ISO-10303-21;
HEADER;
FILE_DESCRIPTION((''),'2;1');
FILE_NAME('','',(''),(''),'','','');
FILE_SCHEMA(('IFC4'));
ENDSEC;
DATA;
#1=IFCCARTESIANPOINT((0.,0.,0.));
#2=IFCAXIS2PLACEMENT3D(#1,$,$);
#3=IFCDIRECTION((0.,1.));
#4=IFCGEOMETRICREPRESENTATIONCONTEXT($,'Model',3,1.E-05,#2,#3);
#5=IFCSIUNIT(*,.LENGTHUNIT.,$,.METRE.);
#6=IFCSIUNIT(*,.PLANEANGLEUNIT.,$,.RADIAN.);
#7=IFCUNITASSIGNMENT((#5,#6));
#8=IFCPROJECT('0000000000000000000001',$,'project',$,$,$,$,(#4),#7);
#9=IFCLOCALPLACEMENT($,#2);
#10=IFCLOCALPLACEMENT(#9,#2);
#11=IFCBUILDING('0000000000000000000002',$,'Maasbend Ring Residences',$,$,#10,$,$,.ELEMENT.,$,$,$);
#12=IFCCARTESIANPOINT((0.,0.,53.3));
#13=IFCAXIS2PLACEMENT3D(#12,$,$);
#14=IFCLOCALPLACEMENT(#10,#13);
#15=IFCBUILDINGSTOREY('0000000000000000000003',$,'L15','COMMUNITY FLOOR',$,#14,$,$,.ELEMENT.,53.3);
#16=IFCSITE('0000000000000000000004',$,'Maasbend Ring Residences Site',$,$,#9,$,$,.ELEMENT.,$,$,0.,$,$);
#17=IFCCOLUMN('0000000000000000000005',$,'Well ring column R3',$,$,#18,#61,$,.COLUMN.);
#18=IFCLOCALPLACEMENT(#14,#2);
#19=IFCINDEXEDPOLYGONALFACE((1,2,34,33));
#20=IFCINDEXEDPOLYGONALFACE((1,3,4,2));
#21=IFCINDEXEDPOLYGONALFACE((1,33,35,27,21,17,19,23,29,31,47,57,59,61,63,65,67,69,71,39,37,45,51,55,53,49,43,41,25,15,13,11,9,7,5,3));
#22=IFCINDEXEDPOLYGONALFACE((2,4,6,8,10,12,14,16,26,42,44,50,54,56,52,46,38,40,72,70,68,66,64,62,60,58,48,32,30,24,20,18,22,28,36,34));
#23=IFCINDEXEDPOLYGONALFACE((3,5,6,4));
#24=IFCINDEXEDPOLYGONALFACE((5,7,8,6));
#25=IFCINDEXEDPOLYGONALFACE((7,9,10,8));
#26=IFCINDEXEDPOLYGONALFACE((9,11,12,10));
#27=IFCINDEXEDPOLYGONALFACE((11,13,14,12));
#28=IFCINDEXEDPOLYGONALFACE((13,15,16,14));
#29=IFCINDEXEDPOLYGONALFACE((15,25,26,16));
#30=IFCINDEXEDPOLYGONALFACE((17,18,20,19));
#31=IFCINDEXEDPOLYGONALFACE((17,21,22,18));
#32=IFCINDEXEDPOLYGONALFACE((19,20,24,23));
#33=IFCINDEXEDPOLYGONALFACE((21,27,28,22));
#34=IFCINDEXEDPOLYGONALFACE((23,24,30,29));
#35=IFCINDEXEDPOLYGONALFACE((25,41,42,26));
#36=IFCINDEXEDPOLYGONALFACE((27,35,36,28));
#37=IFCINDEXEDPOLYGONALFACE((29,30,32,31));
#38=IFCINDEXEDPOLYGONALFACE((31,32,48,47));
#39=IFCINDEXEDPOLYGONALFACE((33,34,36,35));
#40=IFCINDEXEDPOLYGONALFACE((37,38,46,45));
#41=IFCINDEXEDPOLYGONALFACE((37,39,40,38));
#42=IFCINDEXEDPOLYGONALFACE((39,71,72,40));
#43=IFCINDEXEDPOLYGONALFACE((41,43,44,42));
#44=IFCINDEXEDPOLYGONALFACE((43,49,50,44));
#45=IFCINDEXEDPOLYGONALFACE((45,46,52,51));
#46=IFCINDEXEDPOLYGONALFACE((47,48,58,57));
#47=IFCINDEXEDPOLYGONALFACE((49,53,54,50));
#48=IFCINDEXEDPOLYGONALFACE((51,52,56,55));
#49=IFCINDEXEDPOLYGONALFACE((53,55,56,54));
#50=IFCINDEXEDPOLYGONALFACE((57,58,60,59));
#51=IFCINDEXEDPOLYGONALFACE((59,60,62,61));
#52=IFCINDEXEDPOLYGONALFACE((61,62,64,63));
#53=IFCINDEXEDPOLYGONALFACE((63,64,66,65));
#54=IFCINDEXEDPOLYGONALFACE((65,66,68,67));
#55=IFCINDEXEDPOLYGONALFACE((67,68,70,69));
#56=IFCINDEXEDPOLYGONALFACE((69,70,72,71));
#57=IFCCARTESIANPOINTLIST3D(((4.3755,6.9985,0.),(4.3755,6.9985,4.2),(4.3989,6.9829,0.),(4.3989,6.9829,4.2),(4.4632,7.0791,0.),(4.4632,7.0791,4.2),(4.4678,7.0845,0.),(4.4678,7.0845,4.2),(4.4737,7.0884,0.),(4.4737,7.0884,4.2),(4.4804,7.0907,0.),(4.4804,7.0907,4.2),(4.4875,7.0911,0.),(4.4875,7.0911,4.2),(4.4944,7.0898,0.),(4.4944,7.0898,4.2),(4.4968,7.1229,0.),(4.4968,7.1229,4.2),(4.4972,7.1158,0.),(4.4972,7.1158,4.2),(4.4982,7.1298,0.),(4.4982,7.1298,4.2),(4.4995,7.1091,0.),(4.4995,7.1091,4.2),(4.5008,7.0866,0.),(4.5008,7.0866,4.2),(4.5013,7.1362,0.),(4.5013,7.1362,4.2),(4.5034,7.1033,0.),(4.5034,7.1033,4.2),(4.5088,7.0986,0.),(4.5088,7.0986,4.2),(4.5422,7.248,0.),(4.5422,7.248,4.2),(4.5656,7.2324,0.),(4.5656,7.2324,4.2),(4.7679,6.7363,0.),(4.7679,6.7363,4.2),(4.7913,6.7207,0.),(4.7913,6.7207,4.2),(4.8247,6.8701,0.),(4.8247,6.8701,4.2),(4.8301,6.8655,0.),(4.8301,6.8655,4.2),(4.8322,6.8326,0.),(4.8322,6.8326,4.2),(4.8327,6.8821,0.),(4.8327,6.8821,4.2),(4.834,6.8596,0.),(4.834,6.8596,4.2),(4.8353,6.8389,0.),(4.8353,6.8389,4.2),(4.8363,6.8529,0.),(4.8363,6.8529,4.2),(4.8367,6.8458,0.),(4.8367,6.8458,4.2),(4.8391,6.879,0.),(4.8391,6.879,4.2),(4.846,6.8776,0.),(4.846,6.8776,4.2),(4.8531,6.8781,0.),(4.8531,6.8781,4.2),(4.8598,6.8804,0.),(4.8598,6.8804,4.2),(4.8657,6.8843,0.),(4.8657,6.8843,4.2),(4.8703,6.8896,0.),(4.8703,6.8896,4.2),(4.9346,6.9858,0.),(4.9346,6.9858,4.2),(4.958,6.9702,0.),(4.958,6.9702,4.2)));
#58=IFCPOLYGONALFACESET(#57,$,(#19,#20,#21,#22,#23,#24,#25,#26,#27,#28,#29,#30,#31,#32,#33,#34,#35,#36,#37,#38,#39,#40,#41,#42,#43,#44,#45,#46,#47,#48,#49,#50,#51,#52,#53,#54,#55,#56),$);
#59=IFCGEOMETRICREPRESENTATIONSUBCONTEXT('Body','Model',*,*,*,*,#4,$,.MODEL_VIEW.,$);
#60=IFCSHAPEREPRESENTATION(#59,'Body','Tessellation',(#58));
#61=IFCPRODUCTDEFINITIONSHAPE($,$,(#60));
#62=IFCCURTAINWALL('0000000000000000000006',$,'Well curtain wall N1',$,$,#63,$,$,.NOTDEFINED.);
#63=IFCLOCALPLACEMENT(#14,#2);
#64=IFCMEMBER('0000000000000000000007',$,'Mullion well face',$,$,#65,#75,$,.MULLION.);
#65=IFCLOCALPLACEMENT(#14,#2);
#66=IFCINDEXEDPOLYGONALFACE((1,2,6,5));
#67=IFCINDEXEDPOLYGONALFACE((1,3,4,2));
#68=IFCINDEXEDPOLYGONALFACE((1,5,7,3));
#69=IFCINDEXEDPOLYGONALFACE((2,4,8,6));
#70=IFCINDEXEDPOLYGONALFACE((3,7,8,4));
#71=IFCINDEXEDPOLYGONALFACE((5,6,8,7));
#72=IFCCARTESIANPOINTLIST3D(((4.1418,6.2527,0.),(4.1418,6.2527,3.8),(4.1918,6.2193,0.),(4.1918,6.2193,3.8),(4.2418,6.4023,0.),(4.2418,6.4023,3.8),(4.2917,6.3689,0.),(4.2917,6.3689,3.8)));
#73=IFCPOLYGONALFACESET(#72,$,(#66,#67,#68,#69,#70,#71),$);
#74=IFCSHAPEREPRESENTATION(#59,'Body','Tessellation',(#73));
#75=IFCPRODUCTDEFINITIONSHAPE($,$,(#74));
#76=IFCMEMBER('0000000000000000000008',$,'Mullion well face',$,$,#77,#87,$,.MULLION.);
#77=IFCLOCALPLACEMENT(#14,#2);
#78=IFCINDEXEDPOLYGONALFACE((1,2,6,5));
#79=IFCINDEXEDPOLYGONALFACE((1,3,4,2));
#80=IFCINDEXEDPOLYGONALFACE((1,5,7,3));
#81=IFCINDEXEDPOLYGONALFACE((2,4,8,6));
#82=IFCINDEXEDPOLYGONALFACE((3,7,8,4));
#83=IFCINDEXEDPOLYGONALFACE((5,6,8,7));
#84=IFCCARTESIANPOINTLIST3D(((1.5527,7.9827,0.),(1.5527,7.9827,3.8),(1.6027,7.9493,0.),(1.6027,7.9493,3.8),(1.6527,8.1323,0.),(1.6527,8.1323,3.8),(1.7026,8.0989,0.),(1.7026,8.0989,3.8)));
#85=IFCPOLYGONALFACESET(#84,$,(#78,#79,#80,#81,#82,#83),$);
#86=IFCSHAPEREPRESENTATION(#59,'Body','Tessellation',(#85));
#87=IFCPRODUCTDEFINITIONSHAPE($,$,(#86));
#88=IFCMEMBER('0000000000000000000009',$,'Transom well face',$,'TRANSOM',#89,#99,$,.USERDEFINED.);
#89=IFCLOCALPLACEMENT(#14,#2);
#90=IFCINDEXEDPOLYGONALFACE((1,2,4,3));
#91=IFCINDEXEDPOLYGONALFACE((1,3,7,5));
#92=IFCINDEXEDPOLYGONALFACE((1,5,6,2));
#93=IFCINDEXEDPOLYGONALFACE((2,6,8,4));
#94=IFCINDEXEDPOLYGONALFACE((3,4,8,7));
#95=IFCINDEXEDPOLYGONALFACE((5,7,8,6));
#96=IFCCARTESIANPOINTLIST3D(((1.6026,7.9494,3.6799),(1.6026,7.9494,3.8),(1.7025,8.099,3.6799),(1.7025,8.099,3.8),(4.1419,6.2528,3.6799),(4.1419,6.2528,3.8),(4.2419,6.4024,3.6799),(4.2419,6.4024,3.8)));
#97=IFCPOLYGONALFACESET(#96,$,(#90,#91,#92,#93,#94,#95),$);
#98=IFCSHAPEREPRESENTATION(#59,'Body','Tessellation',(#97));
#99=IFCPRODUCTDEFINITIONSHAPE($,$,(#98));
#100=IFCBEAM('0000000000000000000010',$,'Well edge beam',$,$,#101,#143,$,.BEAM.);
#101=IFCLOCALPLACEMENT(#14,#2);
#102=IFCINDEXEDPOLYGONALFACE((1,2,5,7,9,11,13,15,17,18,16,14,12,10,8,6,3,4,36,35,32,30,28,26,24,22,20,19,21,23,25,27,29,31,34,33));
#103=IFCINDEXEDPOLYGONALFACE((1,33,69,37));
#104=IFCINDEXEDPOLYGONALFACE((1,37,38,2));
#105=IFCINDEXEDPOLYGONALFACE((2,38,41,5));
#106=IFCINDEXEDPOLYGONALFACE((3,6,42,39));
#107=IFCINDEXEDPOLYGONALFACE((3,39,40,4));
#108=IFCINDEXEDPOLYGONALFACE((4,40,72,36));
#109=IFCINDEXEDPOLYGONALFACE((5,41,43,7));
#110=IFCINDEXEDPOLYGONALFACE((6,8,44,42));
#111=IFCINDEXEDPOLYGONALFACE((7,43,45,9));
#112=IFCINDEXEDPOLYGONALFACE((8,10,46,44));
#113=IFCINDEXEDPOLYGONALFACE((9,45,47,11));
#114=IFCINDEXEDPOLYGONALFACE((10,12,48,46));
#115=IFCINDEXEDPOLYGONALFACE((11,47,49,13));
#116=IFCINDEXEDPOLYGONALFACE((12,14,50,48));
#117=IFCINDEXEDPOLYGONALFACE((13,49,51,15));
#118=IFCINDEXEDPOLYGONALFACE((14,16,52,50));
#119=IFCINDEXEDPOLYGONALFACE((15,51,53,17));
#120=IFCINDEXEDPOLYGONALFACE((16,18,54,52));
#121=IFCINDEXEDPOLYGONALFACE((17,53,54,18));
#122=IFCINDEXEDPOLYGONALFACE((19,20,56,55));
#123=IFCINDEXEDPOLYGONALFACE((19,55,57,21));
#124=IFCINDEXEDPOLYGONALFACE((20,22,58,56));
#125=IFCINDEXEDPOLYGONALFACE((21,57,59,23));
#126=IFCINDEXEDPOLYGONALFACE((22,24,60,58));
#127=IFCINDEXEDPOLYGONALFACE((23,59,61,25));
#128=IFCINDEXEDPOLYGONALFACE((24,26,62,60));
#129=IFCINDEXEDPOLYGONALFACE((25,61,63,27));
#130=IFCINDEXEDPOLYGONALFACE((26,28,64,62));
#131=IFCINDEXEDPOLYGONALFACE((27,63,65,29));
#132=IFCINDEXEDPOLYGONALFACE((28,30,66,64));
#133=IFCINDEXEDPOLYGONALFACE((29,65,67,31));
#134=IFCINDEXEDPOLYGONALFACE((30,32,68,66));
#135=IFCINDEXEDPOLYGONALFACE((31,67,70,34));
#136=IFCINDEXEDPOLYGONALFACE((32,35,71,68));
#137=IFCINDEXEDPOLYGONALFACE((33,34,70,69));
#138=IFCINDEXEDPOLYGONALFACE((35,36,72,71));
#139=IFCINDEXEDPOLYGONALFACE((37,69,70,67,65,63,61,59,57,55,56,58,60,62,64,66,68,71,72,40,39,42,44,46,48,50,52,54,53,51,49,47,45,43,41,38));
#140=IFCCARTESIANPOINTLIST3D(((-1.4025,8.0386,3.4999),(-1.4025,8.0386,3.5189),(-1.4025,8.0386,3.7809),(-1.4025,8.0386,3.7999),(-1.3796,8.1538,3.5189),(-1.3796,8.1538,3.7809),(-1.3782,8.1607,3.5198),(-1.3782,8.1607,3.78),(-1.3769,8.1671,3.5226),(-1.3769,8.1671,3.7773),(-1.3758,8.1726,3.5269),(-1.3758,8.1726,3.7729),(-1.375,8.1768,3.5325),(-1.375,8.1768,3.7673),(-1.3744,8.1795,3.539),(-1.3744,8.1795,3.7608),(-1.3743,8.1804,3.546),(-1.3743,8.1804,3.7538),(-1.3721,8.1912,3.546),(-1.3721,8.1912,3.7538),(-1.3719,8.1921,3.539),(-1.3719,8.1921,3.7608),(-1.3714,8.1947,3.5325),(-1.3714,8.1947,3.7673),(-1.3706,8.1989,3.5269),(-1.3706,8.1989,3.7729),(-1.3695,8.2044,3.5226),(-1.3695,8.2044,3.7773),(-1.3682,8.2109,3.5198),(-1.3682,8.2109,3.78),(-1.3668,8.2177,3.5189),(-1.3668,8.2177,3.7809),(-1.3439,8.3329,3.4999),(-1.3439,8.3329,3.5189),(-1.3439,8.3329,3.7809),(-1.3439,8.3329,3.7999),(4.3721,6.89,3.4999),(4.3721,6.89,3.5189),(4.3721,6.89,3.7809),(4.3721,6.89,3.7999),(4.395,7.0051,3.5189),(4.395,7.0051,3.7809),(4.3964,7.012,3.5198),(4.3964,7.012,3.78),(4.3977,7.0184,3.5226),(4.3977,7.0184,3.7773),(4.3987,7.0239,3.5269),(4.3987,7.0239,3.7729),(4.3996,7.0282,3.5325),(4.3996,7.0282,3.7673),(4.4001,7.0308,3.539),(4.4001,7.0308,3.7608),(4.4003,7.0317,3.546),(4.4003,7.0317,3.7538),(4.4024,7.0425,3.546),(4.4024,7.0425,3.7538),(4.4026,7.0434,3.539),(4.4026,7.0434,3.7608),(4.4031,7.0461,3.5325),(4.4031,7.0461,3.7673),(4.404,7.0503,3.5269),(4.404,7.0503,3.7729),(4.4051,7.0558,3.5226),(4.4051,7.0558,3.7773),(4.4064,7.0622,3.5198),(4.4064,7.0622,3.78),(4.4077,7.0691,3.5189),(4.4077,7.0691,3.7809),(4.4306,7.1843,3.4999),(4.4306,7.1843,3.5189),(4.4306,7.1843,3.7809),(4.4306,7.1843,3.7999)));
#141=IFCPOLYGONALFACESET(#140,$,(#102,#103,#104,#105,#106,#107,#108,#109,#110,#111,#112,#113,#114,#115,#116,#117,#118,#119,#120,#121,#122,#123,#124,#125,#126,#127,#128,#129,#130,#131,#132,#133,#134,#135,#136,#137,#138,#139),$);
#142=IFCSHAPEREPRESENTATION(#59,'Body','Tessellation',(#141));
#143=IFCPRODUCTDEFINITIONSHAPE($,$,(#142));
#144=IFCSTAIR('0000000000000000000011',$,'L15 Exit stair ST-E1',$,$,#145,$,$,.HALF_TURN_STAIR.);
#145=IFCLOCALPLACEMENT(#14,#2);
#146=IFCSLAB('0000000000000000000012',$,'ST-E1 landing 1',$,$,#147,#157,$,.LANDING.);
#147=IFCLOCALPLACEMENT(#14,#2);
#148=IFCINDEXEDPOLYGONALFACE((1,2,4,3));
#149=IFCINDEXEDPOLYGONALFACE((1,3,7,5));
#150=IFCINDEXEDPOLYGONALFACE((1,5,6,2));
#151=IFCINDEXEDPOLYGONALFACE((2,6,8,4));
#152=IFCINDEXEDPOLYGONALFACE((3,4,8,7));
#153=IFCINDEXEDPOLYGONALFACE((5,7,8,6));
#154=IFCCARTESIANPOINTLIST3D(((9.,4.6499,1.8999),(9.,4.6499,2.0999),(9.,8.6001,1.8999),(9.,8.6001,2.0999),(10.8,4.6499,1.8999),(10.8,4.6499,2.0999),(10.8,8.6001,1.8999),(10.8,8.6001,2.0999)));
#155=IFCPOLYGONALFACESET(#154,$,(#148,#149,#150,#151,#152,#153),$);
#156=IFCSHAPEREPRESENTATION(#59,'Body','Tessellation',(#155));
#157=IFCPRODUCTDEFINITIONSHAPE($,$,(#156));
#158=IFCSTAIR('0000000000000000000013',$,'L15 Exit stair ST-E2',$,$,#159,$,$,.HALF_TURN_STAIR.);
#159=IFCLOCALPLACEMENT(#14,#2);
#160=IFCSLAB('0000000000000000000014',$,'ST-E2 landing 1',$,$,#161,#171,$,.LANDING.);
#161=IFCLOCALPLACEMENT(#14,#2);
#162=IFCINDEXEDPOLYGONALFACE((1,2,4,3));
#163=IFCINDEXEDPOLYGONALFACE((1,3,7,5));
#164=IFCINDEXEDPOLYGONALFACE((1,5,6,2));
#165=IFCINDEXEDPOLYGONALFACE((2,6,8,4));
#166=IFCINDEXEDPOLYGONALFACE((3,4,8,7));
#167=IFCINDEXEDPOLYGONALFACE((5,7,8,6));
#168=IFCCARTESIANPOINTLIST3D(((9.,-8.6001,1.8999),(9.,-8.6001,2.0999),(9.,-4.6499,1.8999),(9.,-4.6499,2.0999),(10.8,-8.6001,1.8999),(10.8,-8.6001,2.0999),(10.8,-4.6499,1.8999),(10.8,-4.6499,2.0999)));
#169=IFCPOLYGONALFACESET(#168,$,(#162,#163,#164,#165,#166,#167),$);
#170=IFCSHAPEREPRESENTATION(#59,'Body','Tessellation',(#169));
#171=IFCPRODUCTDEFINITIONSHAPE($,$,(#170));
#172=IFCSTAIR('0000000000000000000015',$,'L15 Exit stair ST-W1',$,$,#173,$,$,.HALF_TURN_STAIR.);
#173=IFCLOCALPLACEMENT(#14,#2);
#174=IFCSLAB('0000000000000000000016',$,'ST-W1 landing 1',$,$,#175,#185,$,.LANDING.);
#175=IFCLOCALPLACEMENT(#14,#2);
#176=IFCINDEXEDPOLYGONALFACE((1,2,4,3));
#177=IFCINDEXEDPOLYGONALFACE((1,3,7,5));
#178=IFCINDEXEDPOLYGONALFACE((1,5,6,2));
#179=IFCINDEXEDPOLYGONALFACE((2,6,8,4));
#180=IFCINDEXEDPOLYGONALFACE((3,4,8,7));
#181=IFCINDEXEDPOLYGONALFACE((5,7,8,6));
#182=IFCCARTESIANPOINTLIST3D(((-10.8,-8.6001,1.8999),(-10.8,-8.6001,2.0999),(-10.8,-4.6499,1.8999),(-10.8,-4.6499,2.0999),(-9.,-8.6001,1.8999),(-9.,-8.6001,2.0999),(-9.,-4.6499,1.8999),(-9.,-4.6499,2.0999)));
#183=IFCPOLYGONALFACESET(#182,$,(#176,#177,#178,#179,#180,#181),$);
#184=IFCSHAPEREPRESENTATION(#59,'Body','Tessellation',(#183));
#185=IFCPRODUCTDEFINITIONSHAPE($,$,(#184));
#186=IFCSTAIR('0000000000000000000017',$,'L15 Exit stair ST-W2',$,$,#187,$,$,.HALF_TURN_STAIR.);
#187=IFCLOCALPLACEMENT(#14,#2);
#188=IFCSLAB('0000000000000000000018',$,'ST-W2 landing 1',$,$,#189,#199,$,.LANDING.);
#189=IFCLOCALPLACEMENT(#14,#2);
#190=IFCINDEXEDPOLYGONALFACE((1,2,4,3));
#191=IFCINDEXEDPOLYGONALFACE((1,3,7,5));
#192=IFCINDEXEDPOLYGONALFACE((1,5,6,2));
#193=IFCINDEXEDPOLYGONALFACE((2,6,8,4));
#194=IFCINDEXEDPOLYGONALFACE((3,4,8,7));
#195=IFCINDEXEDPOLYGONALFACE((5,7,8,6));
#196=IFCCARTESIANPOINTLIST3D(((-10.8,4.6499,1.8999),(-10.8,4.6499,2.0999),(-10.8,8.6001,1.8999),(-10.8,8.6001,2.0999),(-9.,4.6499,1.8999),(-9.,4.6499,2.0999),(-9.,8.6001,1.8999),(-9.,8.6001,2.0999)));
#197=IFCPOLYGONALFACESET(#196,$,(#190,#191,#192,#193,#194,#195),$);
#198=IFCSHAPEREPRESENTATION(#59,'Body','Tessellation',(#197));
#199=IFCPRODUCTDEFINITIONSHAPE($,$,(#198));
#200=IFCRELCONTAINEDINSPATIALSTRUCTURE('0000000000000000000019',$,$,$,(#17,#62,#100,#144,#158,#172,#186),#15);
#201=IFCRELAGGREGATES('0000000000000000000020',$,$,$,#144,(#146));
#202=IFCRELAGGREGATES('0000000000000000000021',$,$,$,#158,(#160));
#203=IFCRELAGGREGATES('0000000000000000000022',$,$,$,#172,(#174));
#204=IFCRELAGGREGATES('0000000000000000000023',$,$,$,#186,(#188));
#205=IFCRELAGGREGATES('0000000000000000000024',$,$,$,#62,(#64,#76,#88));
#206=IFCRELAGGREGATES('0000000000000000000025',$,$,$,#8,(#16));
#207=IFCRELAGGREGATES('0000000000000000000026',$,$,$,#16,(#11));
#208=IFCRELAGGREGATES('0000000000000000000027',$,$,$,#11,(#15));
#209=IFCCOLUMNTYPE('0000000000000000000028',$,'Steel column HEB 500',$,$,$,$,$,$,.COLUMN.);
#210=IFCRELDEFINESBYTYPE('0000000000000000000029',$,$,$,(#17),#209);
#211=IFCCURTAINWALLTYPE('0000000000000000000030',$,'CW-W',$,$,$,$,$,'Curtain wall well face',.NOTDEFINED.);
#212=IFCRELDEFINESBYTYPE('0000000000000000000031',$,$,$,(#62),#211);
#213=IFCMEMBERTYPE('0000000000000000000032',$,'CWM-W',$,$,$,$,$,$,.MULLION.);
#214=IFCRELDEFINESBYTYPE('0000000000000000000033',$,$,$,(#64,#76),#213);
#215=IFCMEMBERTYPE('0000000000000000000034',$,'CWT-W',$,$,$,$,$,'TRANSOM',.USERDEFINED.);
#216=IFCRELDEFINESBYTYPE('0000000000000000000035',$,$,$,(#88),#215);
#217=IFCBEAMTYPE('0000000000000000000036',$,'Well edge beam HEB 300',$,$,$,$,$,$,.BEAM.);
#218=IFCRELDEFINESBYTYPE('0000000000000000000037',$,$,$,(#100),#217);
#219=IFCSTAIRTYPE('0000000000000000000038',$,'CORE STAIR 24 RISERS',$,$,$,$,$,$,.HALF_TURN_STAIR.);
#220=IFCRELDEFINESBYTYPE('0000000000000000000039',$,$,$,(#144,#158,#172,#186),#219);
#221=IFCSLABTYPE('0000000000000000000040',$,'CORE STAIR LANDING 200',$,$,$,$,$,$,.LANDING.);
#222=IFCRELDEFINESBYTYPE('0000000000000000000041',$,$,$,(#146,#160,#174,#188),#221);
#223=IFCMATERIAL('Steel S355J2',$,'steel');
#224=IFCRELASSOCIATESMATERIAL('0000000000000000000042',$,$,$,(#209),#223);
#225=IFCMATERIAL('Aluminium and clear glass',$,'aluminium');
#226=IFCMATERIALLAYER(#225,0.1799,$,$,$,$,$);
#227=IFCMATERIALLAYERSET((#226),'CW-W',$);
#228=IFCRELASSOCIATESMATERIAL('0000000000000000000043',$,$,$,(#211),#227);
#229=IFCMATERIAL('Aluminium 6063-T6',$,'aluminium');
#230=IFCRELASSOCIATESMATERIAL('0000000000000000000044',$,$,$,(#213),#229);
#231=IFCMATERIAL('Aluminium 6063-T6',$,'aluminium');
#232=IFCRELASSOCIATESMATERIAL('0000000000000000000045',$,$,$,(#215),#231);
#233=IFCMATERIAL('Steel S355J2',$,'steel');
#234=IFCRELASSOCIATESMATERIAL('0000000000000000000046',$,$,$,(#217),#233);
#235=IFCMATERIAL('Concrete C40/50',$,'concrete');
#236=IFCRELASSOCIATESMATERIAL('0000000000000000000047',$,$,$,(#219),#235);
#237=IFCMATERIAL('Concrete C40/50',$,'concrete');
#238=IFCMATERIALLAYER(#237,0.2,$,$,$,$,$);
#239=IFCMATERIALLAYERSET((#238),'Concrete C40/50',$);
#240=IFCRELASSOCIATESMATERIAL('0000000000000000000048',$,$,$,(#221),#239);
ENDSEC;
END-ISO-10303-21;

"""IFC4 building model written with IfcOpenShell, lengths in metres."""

from ifc_helpers import new_model, si_unit, direction, frame, origin, origin_2d, place, context, subcontext, project, spatial, polyline, rectangle, i_section, outline, extrude, material, layer, layer_set, material_profile, profile_set, type_object, element, aggregate, save


model = new_model("IFC4")

# Units and contexts
model_context = context("Model", 3, precision=1e-05, world=origin(), true_north=direction((0.0, 1.0)))
body_context = subcontext(model_context, "Body", "Model", "MODEL_VIEW")
ifc_project = project(units=[si_unit("LENGTHUNIT", "METRE"), si_unit("PLANEANGLEUNIT", "RADIAN")], contexts=[model_context])

# Site, building, storey
site_placement = place(None, origin())
site = spatial("IfcSite", under=ifc_project, at=site_placement, Name="Maasbend Ring Residences Site", CompositionType="ELEMENT", RefElevation=0.0)
building_placement = place(site_placement, origin())
building = spatial("IfcBuilding", under=site, at=building_placement, Name="Maasbend Ring Residences", CompositionType="ELEMENT")
storey_placement = place(building_placement, frame((0.0, 0.0, 53.3)))
storey = spatial("IfcBuildingStorey", under=building, at=storey_placement, Name="L15", Description="COMMUNITY FLOOR", CompositionType="ELEMENT", Elevation=53.3)

# Column
ifc_material_1 = material(Name="Steel S355J2", Category="steel")
ifc_material_profile_1 = material_profile(ifc_material_1, i_section(OverallWidth=0.3, OverallDepth=0.5, WebThickness=0.0144, FlangeThickness=0.0281, FilletRadius=0.0271, at=origin_2d()), Name="HEB 500")
ifc_profile_set_1 = profile_set([ifc_material_profile_1], Name="Steel S355J2")
column_type = type_object("IfcColumnType", Name="Steel column HEB 500", PredefinedType="COLUMN", material=ifc_profile_set_1)
column_placement = place(storey_placement, frame((4.6667, 6.9844, 0.0), z_axis=(0.0, 0.0, 1.0), x_axis=(0.55557, 0.83147, 0.0)))
element("IfcColumn", 1, at=column_placement, inside=storey, type_object=column_type, Name="Well ring column R3", PredefinedType="COLUMN", context=body_context, shape_type="SweptSolid", body=[
    extrude(i_section(OverallWidth=0.3, OverallDepth=0.5, WebThickness=0.0144, FlangeThickness=0.0281, FilletRadius=0.0271, at=origin_2d()), origin(), (0.0, 0.0, 1.0), 4.2),
])

# Curtain wall, members
ifc_material_2 = material(Name="Aluminium and clear glass", Category="aluminium")
ifc_layer_1 = layer(ifc_material_2, 0.1799)
ifc_layer_set_1 = layer_set([ifc_layer_1], Name="CW-W")
curtain_wall_type = type_object("IfcCurtainWallType", Name="CW-W", ElementType="Curtain wall well face", PredefinedType="NOTDEFINED", material=ifc_layer_set_1)
curtain_wall_1_placement = place(storey_placement, origin())
curtain_wall_1 = element("IfcCurtainWall", 2, at=curtain_wall_1_placement, inside=storey, type_object=curtain_wall_type, Name="Well curtain wall N1", PredefinedType="NOTDEFINED")
ifc_material_3 = material(Name="Aluminium 6063-T6", Category="aluminium")
ifc_material_profile_2 = material_profile(ifc_material_3, rectangle(XDim=0.1799, YDim=0.0601, at=origin_2d()), Name="AL 180x60")
ifc_profile_set_2 = profile_set([ifc_material_profile_2], Name="Aluminium 6063-T6")
member_type_1 = type_object("IfcMemberType", Name="CWM-W", PredefinedType="MULLION", material=ifc_profile_set_2)
member_1_placement = place(storey_placement, frame((4.2168, 6.3108, 0.0), z_axis=(0.0, 0.0, 1.0), x_axis=(-0.55557, -0.83147, 0.0)))
member_1 = element("IfcMember", 3, at=member_1_placement, type_object=member_type_1, Name="Mullion well face", PredefinedType="MULLION", context=body_context, shape_type="SweptSolid", body=[
    extrude(rectangle(XDim=0.1799, YDim=0.0601, at=origin_2d()), origin(), (0.0, 0.0, 1.0), 3.8),
])
member_2_placement = place(storey_placement, frame((1.6277, 8.0408, 0.0), z_axis=(0.0, 0.0, 1.0), x_axis=(-0.55557, -0.83147, 0.0)))
member_2 = element("IfcMember", 4, at=member_2_placement, type_object=member_type_1, Name="Mullion well face", PredefinedType="MULLION", context=body_context, shape_type="SweptSolid", body=[
    extrude(rectangle(XDim=0.1799, YDim=0.0601, at=origin_2d()), origin(), (0.0, 0.0, 1.0), 3.8),
])
ifc_material_4 = material(Name="Aluminium 6063-T6", Category="aluminium")
ifc_material_profile_3 = material_profile(ifc_material_4, rectangle(XDim=0.1799, YDim=0.1201, at=origin_2d()), Name="AL 180x120")
ifc_profile_set_3 = profile_set([ifc_material_profile_3], Name="Aluminium 6063-T6")
member_type_2 = type_object("IfcMemberType", Name="CWT-W", ElementType="TRANSOM", PredefinedType="USERDEFINED", material=ifc_profile_set_3)
member_3_placement = place(storey_placement, frame((4.1919, 6.3276, 3.74), z_axis=(-0.831496, 0.55553, 0.0), x_axis=(-0.55553, -0.831496, 0.0)))
member_3 = element("IfcMember", 5, at=member_3_placement, type_object=member_type_2, Name="Transom well face", ObjectType="TRANSOM", PredefinedType="USERDEFINED", context=body_context, shape_type="SweptSolid", body=[
    extrude(rectangle(XDim=0.1799, YDim=0.1201, at=origin_2d()), origin(), (0.0, 0.0, 1.0), 3.054),
])

# Beam
ifc_material_5 = material(Name="Steel S355J2", Category="steel")
ifc_material_profile_4 = material_profile(ifc_material_5, i_section(OverallWidth=0.3, OverallDepth=0.3, WebThickness=0.011, FlangeThickness=0.019, FilletRadius=0.0271, at=origin_2d()), Name="HEB 300")
ifc_profile_set_4 = profile_set([ifc_material_profile_4], Name="Steel S355J2")
beam_type = type_object("IfcBeamType", Name="Well edge beam HEB 300", PredefinedType="BEAM", material=ifc_profile_set_4)
beam_placement = place(storey_placement, frame((4.4014, 7.0371, 3.6499), z_axis=(-0.980784, 0.195095, 0.0), x_axis=(-0.195095, -0.980784, 0.0)))
element("IfcBeam", 6, at=beam_placement, inside=storey, type_object=beam_type, Name="Well edge beam", PredefinedType="BEAM", context=body_context, shape_type="SweptSolid", body=[
    extrude(i_section(OverallWidth=0.3, OverallDepth=0.3, WebThickness=0.011, FlangeThickness=0.019, FilletRadius=0.0271, at=origin_2d()), origin(), (0.0, 0.0, 1.0), 5.8877),
])

# Stairs, slabs
ifc_material_6 = material(Name="Concrete C40/50", Category="concrete")
stair_type = type_object("IfcStairType", Name="CORE STAIR 24 RISERS", PredefinedType="HALF_TURN_STAIR", material=ifc_material_6)
stair_1_placement = place(storey_placement, origin())
stair_1 = element("IfcStair", 7, at=stair_1_placement, inside=storey, type_object=stair_type, Name="L15 Exit stair ST-E1", PredefinedType="HALF_TURN_STAIR")
ifc_material_7 = material(Name="Concrete C40/50", Category="concrete")
ifc_layer_2 = layer(ifc_material_7, 0.2)
ifc_layer_set_2 = layer_set([ifc_layer_2], Name="Concrete C40/50")
slab_type_1 = type_object("IfcSlabType", Name="CORE STAIR LANDING 200", PredefinedType="LANDING", material=ifc_layer_set_2)
slab_1_placement = place(storey_placement, frame((0.0, 0.0, 1.8999)))
slab_1 = element("IfcSlab", 8, at=slab_1_placement, type_object=slab_type_1, Name="ST-E1 landing 1", PredefinedType="LANDING", context=body_context, shape_type="SweptSolid", body=[
    extrude(outline(polyline([(10.8, 8.6001), (9.0, 8.6001), (9.0, 4.6499), (10.8, 4.6499), (10.8, 8.6001)])), origin(), (0.0, 0.0, 1.0), 0.2),
])
aggregate(stair_1, [slab_1])
stair_2_placement = place(storey_placement, origin())
stair_2 = element("IfcStair", 9, at=stair_2_placement, inside=storey, type_object=stair_type, Name="L15 Exit stair ST-E2", PredefinedType="HALF_TURN_STAIR")
slab_2_placement = place(storey_placement, frame((0.0, 0.0, 1.8999)))
slab_2 = element("IfcSlab", 10, at=slab_2_placement, type_object=slab_type_1, Name="ST-E2 landing 1", PredefinedType="LANDING", context=body_context, shape_type="SweptSolid", body=[
    extrude(outline(polyline([(10.8, -4.6499), (9.0, -4.6499), (9.0, -8.6001), (10.8, -8.6001), (10.8, -4.6499)])), origin(), (0.0, 0.0, 1.0), 0.2),
])
aggregate(stair_2, [slab_2])
stair_3_placement = place(storey_placement, origin())
stair_3 = element("IfcStair", 11, at=stair_3_placement, inside=storey, type_object=stair_type, Name="L15 Exit stair ST-W1", PredefinedType="HALF_TURN_STAIR")
slab_3_placement = place(storey_placement, frame((0.0, 0.0, 1.8999)))
slab_3 = element("IfcSlab", 12, at=slab_3_placement, type_object=slab_type_1, Name="ST-W1 landing 1", PredefinedType="LANDING", context=body_context, shape_type="SweptSolid", body=[
    extrude(outline(polyline([(-10.8, -8.6001), (-9.0, -8.6001), (-9.0, -4.6499), (-10.8, -4.6499), (-10.8, -8.6001)])), origin(), (0.0, 0.0, 1.0), 0.2),
])
aggregate(stair_3, [slab_3])
stair_4_placement = place(storey_placement, origin())
stair_4 = element("IfcStair", 13, at=stair_4_placement, inside=storey, type_object=stair_type, Name="L15 Exit stair ST-W2", PredefinedType="HALF_TURN_STAIR")
slab_4_placement = place(storey_placement, frame((0.0, 0.0, 1.8999)))
slab_4 = element("IfcSlab", 14, at=slab_4_placement, type_object=slab_type_1, Name="ST-W2 landing 1", PredefinedType="LANDING", context=body_context, shape_type="SweptSolid", body=[
    extrude(outline(polyline([(-10.8, 4.6499), (-9.0, 4.6499), (-9.0, 8.6001), (-10.8, 8.6001), (-10.8, 4.6499)])), origin(), (0.0, 0.0, 1.0), 0.2),
])
aggregate(stair_4, [slab_4])

aggregate(curtain_wall_1, [member_1, member_2, member_3])

save(model, "model.ifc")
